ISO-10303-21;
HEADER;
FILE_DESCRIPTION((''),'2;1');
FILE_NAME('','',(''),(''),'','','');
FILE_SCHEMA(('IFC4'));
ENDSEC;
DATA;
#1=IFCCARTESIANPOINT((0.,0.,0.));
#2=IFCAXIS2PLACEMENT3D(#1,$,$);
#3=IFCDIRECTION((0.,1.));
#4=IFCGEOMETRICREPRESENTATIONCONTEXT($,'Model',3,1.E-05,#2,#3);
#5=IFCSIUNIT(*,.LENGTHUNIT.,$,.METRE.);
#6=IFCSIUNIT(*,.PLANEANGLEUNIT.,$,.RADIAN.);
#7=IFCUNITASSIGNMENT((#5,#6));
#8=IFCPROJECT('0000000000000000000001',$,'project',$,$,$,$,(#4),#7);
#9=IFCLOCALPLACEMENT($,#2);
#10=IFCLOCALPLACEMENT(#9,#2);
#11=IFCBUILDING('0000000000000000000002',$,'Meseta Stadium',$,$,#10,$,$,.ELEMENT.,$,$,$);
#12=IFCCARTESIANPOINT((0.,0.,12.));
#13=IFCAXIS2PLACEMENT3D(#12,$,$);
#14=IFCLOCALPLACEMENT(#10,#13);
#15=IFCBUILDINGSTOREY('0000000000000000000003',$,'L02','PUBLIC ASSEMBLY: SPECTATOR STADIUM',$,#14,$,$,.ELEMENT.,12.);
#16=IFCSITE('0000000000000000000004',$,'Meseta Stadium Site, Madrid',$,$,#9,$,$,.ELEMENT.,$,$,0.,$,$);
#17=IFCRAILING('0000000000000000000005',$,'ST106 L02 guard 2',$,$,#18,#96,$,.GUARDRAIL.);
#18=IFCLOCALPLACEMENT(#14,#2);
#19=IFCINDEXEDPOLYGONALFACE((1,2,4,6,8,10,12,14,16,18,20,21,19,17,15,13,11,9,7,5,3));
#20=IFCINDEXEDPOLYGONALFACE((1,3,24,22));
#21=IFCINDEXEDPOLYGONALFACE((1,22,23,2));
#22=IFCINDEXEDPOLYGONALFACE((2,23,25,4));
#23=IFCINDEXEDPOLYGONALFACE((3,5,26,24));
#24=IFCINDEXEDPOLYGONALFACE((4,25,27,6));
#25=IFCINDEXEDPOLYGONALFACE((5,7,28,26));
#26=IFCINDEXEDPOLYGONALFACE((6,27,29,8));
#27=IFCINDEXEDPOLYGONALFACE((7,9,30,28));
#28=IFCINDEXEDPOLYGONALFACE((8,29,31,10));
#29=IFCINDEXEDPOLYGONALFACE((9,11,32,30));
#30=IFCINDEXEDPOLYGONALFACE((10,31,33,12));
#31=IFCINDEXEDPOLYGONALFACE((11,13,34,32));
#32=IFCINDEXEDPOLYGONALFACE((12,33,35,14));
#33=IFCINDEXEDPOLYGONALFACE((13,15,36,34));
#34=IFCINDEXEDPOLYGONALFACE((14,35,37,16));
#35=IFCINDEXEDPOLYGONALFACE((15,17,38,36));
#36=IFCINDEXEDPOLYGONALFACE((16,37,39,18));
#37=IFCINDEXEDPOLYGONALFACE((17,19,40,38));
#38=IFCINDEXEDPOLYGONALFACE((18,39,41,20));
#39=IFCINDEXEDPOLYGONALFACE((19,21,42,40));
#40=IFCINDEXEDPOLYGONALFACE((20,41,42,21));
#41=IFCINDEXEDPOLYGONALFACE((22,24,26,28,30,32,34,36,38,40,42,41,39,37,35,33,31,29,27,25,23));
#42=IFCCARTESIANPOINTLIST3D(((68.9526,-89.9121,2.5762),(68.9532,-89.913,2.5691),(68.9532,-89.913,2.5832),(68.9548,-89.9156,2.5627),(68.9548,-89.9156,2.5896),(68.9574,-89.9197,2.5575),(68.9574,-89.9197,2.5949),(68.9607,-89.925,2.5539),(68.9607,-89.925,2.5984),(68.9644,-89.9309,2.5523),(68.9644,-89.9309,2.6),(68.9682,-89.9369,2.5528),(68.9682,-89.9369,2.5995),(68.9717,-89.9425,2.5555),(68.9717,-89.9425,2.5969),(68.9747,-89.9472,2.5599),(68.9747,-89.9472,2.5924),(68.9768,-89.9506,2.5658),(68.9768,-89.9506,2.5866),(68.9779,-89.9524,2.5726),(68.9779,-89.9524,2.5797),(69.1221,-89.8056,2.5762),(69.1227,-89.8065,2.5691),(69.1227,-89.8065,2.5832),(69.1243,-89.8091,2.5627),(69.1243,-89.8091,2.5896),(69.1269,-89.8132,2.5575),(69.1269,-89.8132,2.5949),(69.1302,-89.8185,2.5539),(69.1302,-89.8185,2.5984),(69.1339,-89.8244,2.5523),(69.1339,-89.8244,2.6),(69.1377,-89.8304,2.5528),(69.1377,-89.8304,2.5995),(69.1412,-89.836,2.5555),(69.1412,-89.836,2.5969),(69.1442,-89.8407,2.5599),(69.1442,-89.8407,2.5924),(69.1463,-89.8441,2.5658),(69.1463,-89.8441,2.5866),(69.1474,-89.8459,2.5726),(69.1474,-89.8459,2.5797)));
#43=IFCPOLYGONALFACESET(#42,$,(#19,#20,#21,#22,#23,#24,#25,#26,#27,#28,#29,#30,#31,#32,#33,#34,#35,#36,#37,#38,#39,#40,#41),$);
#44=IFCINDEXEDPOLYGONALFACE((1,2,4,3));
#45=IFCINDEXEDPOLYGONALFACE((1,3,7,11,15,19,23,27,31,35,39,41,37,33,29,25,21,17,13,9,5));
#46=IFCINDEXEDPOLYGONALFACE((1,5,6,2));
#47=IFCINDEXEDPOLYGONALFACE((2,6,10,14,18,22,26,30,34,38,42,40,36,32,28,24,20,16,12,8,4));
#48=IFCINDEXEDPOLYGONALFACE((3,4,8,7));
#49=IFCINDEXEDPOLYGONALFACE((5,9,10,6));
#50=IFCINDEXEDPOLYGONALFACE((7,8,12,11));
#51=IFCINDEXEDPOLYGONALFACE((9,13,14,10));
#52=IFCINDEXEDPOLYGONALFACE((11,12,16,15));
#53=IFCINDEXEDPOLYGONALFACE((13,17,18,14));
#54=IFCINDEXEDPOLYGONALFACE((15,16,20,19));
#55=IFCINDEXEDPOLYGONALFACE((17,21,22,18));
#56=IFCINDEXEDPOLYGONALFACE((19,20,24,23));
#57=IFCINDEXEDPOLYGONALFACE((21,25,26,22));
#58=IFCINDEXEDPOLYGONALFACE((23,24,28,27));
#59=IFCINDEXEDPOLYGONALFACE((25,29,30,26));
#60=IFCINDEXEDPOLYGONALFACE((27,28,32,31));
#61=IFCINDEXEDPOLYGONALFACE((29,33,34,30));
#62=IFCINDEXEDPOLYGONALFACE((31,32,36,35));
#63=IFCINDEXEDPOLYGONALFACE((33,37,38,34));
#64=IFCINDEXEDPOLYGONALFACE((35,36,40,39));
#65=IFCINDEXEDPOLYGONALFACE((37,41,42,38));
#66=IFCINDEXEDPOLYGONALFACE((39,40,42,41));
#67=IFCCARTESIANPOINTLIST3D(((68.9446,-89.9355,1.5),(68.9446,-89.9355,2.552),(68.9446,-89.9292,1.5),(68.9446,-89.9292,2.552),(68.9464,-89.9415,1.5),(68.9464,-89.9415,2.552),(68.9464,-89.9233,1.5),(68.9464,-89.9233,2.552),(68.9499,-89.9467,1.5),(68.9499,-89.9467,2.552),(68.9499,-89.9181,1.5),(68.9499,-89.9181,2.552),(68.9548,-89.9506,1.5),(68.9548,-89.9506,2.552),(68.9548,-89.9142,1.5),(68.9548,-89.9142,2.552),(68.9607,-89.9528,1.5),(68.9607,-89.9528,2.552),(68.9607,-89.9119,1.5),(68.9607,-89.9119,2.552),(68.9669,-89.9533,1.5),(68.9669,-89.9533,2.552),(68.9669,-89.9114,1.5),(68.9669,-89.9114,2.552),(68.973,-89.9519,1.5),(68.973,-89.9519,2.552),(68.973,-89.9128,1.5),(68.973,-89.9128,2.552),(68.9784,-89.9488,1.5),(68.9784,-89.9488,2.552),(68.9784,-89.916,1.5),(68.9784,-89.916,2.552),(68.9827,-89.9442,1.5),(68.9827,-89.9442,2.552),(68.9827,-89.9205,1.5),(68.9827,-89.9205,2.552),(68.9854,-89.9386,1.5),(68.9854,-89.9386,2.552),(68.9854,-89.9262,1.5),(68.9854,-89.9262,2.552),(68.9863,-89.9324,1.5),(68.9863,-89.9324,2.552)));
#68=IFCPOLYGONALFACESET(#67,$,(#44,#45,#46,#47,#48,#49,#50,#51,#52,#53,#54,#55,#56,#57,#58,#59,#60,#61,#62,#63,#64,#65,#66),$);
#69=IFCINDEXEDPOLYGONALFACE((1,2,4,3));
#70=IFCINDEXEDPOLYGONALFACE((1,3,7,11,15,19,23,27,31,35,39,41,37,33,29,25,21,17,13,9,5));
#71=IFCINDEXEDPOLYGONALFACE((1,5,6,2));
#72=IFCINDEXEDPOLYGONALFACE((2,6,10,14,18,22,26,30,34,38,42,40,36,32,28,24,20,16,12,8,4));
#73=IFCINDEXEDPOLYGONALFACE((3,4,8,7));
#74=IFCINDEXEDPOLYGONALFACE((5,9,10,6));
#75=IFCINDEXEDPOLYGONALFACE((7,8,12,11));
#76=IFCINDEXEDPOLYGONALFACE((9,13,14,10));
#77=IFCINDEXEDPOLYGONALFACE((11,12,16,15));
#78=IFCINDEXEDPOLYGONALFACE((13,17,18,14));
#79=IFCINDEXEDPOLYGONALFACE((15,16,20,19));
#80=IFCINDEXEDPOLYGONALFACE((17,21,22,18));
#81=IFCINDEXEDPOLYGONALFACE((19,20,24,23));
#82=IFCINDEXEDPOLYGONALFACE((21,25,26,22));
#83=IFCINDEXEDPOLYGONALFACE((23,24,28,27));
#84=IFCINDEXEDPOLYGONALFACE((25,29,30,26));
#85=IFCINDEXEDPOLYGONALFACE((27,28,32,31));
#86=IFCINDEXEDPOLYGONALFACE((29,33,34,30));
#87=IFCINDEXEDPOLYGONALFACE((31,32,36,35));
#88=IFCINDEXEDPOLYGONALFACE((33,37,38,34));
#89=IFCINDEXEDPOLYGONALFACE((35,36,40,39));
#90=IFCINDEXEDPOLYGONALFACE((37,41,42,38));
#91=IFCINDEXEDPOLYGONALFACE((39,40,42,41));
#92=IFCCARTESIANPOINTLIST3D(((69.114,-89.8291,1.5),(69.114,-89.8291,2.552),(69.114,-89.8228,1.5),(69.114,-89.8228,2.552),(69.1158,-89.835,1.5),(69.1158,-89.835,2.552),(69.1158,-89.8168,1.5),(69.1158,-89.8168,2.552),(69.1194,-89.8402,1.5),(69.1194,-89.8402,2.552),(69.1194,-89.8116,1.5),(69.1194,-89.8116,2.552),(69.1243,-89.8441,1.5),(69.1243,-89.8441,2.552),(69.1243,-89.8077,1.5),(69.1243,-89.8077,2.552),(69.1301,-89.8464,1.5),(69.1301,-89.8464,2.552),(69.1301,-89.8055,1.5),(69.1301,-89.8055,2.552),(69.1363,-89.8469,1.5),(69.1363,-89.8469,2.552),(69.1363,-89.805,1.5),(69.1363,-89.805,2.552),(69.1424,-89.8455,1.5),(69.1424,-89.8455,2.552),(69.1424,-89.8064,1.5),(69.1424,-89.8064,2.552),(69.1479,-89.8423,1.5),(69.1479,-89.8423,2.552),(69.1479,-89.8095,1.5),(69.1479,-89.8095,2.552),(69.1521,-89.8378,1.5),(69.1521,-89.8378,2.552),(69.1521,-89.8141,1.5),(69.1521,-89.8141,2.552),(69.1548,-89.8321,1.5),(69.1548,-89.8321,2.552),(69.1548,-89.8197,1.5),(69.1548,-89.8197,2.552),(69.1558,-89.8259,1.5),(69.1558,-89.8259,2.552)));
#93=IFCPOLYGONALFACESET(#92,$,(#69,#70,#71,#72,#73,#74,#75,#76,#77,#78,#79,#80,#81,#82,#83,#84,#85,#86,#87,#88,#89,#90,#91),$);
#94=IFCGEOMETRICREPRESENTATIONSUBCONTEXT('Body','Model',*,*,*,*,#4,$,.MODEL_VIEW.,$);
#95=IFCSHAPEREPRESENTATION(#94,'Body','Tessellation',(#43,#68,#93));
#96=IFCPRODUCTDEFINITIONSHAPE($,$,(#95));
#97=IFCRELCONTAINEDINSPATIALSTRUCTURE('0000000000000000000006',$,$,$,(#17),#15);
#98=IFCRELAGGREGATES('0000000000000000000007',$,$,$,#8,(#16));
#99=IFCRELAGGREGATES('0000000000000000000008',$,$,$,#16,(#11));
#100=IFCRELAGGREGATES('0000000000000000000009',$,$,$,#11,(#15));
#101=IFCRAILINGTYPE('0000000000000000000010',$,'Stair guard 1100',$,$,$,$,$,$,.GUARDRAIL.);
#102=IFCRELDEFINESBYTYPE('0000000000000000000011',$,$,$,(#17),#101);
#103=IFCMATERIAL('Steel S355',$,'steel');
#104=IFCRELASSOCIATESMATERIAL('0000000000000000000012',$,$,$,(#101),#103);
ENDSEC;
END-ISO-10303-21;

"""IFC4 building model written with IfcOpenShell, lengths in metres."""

from ifc_helpers import new_model, si_unit, direction, frame, origin, origin_2d, place, context, subcontext, project, spatial, circle, extrude, material, type_object, element, save


model = new_model("IFC4")

# Units and contexts
model_context = context("Model", 3, precision=1e-05, world=origin(), true_north=direction((0.0, 1.0)))
body_context = subcontext(model_context, "Body", "Model", "MODEL_VIEW")
ifc_project = project(units=[si_unit("LENGTHUNIT", "METRE"), si_unit("PLANEANGLEUNIT", "RADIAN")], contexts=[model_context])

# Site, building, storey
site_placement = place(None, origin())
site = spatial("IfcSite", under=ifc_project, at=site_placement, Name="Meseta Stadium Site, Madrid", CompositionType="ELEMENT", RefElevation=0.0)
building_placement = place(site_placement, origin())
building = spatial("IfcBuilding", under=site, at=building_placement, Name="Meseta Stadium", CompositionType="ELEMENT")
storey_placement = place(building_placement, frame((0.0, 0.0, 12.0)))
storey = spatial("IfcBuildingStorey", under=building, at=storey_placement, Name="L02", Description="PUBLIC ASSEMBLY: SPECTATOR STADIUM", CompositionType="ELEMENT", Elevation=12.0)

# Railing
ifc_material_1 = material(Name="Steel S355", Category="steel")
railing_type_1 = type_object("IfcRailingType", Name="Stair guard 1100", PredefinedType="GUARDRAIL", material=ifc_material_1)
railing_1_placement = place(storey_placement, frame((68.9653, -89.9324, 1.5)))
element("IfcRailing", 1, at=railing_1_placement, inside=storey, type_object=railing_type_1, Name="ST106 L02 guard 2", PredefinedType="GUARDRAIL", context=body_context, shape_type="SweptSolid", body=[
    extrude(circle(Radius=0.0239, at=origin_2d()), frame((0.0, 0.0, 1.0762), z_axis=(0.846762, 0.531972, 0.0), x_axis=(-0.531972, 0.846762, 0.0)), (0.0, 0.0, 1.0), 0.2002),
    extrude(circle(Radius=0.021, at=origin_2d()), origin(), (0.0, 0.0, 1.0), 1.052),
    extrude(circle(Radius=0.021, at=origin_2d()), frame((0.1694, 0.1064, 0.0)), (0.0, 0.0, 1.0), 1.052),
])

save(model, "model.ifc")
